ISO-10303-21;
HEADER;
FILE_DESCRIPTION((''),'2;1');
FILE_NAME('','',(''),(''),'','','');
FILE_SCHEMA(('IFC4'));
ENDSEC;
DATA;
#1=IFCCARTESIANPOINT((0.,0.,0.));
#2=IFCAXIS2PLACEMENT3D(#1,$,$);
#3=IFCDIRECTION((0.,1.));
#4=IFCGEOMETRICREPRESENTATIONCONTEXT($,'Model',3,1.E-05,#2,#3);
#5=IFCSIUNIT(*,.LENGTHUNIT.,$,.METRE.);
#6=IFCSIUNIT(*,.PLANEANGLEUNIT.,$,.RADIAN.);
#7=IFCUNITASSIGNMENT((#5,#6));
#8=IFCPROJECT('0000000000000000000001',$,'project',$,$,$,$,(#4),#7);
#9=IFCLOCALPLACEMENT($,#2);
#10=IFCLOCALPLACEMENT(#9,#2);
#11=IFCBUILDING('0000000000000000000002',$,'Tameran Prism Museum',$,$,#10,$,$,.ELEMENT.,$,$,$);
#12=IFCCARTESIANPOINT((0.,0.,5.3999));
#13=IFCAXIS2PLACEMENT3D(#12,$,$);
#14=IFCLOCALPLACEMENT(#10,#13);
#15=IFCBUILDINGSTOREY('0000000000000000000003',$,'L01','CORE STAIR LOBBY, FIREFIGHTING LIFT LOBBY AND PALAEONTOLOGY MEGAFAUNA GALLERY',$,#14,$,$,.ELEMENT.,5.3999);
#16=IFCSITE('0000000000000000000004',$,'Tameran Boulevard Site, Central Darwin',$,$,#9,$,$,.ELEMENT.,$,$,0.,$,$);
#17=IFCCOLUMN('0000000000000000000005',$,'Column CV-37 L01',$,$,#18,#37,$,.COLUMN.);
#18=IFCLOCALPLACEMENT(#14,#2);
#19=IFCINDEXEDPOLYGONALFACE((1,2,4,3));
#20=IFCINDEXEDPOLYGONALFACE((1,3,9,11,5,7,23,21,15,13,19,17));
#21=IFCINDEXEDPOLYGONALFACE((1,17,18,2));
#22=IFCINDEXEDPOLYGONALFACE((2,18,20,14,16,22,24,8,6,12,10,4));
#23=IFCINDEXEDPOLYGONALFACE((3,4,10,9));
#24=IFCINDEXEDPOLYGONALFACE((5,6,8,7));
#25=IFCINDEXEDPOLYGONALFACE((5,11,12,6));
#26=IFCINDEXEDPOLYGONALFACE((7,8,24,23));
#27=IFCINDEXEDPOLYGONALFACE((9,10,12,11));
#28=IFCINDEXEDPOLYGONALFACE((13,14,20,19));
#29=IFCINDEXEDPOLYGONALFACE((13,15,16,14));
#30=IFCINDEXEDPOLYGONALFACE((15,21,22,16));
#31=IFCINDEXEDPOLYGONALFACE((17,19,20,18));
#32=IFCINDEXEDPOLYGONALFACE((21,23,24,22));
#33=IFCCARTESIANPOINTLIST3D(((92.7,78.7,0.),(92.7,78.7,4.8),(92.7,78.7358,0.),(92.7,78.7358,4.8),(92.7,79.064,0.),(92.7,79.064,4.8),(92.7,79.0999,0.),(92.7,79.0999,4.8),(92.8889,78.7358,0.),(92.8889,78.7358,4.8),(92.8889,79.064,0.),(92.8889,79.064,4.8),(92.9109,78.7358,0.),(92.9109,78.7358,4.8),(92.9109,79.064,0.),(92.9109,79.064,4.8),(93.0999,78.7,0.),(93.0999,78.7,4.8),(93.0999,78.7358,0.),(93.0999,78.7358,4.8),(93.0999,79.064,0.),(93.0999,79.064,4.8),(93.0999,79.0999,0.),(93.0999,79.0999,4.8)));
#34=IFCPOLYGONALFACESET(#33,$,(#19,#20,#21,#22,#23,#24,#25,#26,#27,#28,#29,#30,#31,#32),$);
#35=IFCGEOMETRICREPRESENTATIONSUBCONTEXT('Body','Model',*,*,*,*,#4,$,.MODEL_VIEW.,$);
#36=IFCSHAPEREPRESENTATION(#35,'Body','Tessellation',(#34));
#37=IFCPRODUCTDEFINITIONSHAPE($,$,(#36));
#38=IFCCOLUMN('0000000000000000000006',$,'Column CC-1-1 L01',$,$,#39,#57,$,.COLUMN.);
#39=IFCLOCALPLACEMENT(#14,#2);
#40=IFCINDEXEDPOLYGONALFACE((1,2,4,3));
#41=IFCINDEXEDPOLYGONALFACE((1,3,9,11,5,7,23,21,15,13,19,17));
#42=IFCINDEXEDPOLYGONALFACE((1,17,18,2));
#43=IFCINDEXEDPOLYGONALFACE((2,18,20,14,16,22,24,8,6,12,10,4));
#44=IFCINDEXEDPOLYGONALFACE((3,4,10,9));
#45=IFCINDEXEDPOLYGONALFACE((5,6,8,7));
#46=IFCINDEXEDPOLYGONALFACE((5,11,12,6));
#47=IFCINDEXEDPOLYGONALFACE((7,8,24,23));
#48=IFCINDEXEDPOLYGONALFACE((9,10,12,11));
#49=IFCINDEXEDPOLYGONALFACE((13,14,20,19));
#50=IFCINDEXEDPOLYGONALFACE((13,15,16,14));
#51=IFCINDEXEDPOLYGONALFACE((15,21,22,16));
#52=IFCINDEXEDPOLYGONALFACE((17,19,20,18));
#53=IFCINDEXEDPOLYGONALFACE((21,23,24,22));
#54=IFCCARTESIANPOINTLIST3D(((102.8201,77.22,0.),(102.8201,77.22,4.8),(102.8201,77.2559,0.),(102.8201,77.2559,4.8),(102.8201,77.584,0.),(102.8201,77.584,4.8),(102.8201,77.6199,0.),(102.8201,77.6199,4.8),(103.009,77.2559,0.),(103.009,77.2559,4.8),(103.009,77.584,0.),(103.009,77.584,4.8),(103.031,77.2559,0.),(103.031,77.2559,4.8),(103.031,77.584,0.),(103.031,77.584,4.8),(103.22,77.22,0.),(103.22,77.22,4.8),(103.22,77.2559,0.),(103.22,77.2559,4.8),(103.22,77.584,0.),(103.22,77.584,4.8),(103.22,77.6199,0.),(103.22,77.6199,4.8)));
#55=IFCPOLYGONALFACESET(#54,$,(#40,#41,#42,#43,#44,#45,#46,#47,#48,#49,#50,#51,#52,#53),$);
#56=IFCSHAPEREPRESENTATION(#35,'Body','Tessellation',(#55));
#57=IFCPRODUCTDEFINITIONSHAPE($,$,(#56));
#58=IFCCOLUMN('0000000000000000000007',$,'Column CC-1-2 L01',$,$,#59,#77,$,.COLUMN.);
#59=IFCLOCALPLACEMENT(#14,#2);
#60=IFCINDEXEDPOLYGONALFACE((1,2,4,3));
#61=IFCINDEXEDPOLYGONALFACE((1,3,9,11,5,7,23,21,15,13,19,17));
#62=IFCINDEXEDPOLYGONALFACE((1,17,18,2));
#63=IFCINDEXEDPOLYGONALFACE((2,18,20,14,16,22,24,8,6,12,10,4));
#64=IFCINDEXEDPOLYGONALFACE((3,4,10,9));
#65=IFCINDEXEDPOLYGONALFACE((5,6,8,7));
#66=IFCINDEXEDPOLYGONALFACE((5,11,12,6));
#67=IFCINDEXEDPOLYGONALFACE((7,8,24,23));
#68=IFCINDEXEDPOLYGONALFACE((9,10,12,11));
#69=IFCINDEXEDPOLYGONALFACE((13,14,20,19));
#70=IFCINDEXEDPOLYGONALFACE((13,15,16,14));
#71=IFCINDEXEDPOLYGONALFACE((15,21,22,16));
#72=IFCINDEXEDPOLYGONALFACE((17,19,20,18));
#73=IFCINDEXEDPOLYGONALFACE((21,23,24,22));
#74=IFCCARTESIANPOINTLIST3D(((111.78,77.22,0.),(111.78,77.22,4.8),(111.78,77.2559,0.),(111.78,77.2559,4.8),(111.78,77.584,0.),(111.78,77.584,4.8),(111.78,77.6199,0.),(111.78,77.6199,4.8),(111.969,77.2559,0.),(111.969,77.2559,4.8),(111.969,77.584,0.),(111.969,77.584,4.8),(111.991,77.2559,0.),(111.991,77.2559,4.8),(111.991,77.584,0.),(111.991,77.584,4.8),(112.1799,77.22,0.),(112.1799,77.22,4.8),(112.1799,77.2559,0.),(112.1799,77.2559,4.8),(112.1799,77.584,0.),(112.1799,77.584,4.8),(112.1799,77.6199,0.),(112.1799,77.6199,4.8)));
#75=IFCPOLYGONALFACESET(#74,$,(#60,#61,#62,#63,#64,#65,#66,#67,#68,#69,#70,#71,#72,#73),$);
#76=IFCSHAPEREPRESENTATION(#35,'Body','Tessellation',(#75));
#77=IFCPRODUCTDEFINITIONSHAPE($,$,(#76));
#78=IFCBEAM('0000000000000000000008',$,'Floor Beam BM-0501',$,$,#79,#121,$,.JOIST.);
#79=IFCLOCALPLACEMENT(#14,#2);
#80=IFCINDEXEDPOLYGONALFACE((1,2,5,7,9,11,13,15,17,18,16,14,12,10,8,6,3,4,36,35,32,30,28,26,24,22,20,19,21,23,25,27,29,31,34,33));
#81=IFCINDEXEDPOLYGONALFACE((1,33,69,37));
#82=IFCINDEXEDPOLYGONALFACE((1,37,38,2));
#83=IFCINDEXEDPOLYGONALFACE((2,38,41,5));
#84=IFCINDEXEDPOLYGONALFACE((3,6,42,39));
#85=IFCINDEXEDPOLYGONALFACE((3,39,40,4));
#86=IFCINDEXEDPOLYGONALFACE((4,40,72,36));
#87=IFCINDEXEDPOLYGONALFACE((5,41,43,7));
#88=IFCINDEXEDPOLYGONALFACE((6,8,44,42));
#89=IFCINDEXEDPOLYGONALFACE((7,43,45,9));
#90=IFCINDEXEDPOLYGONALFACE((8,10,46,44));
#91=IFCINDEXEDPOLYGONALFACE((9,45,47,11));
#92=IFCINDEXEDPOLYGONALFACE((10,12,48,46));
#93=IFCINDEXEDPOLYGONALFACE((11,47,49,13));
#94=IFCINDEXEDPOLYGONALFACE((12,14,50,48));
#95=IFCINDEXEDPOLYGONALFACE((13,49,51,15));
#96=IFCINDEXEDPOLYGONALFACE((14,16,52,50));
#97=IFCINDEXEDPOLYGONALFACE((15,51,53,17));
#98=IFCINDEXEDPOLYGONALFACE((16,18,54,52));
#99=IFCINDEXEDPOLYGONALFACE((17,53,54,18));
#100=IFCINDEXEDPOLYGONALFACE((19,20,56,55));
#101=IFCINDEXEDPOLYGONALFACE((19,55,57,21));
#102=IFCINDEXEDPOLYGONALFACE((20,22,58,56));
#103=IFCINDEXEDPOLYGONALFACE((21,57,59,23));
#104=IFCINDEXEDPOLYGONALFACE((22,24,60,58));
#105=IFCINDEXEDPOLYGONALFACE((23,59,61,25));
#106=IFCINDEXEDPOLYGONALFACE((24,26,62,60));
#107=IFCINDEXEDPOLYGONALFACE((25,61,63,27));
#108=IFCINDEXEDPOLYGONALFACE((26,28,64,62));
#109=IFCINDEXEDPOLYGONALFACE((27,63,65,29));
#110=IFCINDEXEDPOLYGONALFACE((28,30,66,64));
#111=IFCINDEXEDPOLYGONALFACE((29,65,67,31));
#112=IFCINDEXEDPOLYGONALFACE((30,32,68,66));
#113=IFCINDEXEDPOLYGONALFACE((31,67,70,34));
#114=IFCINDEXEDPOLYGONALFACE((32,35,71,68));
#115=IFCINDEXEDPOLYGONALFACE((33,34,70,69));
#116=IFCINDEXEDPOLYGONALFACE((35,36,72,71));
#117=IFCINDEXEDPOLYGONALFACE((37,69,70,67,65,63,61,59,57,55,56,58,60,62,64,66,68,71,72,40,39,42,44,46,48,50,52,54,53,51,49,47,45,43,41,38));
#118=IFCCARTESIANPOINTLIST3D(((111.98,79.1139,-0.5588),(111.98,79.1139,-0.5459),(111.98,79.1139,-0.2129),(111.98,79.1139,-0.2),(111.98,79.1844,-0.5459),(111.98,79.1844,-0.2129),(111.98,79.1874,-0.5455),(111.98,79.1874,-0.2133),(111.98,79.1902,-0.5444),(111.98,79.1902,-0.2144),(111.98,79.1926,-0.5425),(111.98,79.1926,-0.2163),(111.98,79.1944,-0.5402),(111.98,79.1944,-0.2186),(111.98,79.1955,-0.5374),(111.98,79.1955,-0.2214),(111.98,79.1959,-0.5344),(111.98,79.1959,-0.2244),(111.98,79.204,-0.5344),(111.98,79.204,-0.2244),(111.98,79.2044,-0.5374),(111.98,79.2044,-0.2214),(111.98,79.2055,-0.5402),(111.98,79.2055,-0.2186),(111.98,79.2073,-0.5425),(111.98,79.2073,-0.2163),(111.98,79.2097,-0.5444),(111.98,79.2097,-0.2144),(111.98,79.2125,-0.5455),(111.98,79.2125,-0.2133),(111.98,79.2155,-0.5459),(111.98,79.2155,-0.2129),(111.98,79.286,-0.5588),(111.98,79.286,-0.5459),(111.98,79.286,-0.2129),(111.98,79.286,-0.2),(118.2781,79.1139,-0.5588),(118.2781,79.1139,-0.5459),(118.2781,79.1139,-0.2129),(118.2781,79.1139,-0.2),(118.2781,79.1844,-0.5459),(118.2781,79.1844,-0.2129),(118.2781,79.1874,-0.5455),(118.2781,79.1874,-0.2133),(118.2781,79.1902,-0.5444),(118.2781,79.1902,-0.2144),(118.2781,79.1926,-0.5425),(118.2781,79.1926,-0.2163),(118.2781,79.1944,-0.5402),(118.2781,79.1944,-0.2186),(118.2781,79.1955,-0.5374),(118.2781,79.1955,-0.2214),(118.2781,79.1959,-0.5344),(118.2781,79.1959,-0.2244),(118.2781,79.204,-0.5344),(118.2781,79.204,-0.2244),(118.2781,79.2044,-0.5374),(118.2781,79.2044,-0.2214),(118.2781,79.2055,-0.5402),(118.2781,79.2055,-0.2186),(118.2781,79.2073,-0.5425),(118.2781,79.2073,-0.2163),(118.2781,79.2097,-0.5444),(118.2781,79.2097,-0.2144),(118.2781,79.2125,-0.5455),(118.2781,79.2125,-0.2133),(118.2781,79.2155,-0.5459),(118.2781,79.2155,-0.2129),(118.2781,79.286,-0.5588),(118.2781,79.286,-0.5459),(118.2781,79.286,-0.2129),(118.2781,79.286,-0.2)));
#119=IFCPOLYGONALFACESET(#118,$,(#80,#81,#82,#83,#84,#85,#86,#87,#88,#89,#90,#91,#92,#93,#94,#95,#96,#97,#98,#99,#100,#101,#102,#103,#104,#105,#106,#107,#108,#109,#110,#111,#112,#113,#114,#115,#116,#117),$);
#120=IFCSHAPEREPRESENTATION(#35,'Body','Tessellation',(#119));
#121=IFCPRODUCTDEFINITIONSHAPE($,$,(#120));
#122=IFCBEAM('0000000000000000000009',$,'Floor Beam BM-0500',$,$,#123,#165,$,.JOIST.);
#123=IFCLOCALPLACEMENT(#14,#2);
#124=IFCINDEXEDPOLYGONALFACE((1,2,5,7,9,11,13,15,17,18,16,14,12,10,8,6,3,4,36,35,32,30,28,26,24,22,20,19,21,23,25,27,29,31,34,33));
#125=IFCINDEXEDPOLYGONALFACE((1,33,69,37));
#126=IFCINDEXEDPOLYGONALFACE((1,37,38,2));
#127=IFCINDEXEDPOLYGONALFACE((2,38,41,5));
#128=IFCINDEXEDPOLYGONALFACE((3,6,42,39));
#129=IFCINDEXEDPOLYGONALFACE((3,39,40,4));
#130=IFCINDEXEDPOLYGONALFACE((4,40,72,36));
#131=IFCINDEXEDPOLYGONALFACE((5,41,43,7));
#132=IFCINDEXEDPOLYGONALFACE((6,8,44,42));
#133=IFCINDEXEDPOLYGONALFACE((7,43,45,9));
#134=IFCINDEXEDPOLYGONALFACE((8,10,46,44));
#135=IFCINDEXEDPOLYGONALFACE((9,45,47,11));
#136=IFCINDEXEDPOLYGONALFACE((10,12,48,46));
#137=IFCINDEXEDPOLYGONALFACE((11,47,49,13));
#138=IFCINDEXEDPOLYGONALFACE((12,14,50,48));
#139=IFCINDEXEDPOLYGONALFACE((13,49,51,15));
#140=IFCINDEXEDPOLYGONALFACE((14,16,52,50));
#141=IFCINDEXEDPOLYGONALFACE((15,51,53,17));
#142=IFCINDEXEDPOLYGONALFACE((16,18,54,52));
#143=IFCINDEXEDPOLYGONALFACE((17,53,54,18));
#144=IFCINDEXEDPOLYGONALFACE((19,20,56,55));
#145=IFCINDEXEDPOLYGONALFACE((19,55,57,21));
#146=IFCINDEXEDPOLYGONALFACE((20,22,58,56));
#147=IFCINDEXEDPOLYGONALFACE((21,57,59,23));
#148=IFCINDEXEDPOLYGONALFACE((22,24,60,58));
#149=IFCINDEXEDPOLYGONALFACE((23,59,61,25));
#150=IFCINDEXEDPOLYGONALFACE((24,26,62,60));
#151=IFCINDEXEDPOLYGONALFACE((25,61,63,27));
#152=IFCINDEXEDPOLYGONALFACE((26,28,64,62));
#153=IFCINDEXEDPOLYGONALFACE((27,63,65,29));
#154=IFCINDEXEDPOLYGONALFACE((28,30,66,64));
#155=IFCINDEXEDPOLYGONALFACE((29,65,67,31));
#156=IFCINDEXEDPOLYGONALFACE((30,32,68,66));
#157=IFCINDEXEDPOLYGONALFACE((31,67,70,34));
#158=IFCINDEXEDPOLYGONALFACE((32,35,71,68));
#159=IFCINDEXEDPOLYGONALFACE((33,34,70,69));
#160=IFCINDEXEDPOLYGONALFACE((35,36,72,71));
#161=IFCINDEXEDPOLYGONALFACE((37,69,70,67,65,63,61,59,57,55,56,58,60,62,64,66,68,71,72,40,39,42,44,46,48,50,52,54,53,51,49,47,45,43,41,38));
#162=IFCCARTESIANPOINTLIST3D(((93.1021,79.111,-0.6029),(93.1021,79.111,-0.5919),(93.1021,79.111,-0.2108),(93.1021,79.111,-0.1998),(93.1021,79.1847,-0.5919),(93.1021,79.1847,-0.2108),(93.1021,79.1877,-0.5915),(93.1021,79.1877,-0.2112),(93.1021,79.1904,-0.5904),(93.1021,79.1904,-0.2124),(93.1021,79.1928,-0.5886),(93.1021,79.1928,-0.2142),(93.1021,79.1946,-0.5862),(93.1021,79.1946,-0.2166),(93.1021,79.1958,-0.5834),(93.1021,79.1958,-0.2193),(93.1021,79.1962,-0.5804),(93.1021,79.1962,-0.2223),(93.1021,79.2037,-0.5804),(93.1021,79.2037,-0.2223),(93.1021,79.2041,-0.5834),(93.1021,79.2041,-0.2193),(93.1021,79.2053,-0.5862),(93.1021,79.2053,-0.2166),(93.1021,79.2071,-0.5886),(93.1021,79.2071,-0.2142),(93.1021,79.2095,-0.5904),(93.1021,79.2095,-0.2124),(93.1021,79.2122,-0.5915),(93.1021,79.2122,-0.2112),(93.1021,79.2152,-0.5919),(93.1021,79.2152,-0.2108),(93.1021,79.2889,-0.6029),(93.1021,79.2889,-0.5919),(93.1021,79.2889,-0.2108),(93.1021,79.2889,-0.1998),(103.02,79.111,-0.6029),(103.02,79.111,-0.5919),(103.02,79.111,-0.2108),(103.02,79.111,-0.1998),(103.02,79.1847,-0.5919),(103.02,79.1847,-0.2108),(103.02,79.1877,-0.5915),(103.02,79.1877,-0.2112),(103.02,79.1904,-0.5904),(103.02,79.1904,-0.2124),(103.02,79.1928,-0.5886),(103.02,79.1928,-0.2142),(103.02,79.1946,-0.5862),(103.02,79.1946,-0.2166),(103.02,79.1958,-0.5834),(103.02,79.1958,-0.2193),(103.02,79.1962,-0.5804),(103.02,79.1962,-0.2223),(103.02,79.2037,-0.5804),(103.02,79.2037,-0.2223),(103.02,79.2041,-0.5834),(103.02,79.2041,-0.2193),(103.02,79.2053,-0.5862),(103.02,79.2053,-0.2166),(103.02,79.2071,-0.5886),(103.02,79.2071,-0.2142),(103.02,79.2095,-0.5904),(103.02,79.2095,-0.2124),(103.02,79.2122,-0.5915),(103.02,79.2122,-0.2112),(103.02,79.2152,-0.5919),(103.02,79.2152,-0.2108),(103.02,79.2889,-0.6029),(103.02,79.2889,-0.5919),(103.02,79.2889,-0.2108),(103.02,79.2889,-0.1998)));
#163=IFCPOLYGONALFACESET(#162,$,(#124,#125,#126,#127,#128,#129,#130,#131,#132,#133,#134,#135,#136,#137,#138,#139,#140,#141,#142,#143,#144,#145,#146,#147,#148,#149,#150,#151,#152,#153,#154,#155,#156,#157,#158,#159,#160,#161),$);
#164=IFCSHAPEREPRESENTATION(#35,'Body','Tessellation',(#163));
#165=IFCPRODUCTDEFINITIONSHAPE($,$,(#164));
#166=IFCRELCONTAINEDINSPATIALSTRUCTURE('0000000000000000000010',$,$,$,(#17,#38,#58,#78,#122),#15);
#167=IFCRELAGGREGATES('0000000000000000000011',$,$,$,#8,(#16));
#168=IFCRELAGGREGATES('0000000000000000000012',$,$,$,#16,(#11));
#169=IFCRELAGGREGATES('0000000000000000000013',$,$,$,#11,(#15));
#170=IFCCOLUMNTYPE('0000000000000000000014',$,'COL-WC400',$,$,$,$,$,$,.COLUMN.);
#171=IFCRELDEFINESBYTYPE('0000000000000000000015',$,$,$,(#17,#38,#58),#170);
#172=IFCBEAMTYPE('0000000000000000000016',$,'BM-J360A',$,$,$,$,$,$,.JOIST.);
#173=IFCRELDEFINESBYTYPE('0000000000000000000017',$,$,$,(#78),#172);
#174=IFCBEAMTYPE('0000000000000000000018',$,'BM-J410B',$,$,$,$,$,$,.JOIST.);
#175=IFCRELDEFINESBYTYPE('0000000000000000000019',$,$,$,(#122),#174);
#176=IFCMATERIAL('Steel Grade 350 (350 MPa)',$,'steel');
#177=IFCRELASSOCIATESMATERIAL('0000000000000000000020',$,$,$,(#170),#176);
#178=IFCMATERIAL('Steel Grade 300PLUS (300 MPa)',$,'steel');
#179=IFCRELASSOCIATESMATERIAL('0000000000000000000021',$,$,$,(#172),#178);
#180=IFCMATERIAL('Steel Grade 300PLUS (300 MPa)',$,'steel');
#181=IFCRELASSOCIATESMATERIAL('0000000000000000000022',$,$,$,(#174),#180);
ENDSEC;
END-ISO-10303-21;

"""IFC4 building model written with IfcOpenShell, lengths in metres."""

from ifc_helpers import new_model, si_unit, direction, frame, origin, origin_2d, place, context, subcontext, project, spatial, i_section, extrude, material, material_profile, profile_set, type_object, element, save


model = new_model("IFC4")

# Units and contexts
model_context = context("Model", 3, precision=1e-05, world=origin(), true_north=direction((0.0, 1.0)))
body_context = subcontext(model_context, "Body", "Model", "MODEL_VIEW")
ifc_project = project(units=[si_unit("LENGTHUNIT", "METRE"), si_unit("PLANEANGLEUNIT", "RADIAN")], contexts=[model_context])

# Site, building, storey
site_placement = place(None, origin())
site = spatial("IfcSite", under=ifc_project, at=site_placement, Name="Tameran Boulevard Site, Central Darwin", CompositionType="ELEMENT", RefElevation=0.0)
building_placement = place(site_placement, origin())
building = spatial("IfcBuilding", under=site, at=building_placement, Name="Tameran Prism Museum", CompositionType="ELEMENT")
storey_placement = place(building_placement, frame((0.0, 0.0, 5.3999)))
storey = spatial("IfcBuildingStorey", under=building, at=storey_placement, Name="L01", Description="CORE STAIR LOBBY, FIREFIGHTING LIFT LOBBY AND PALAEONTOLOGY MEGAFAUNA GALLERY", CompositionType="ELEMENT", Elevation=5.3999)

# Columns
ifc_material_1 = material(Name="Steel Grade 350 (350 MPa)", Category="steel")
ifc_material_profile_1 = material_profile(ifc_material_1, i_section(OverallWidth=0.3999, OverallDepth=0.3999, WebThickness=0.022, FlangeThickness=0.0359, at=origin_2d()))
ifc_profile_set_1 = profile_set([ifc_material_profile_1])
column_type = type_object("IfcColumnType", Name="COL-WC400", PredefinedType="COLUMN", material=ifc_profile_set_1)
for number, where, z_axis, x_axis, name in (
    (1, (92.8999, 78.8999, 0.0), (0.0, 0.0, 1.0), (1.0, 0.0, 0.0), "Column CV-37 L01"),
    (2, (103.02, 77.4199, 0.0), (0.0, 0.0, 1.0), (1.0, 0.0, 0.0), "Column CC-1-1 L01"),
    (3, (111.98, 77.4199, 0.0), (0.0, 0.0, 1.0), (1.0, 0.0, 0.0), "Column CC-1-2 L01"),
):
    element("IfcColumn", number, at=place(storey_placement, frame(where, z_axis=z_axis, x_axis=x_axis)), inside=storey, type_object=column_type, Name=name, PredefinedType="COLUMN", context=body_context, shape_type="SweptSolid", body=[
        extrude(i_section(OverallWidth=0.3999, OverallDepth=0.3999, WebThickness=0.022, FlangeThickness=0.0359, at=origin_2d()), origin(), (0.0, 0.0, 1.0), 4.8),
    ])

# Beams
ifc_material_2 = material(Name="Steel Grade 300PLUS (300 MPa)", Category="steel")
ifc_material_profile_2 = material_profile(ifc_material_2, i_section(OverallWidth=0.1721, OverallDepth=0.3589, WebThickness=0.0081, FlangeThickness=0.0129, FilletRadius=0.0115, at=origin_2d()))
ifc_profile_set_2 = profile_set([ifc_material_profile_2])
beam_type_1 = type_object("IfcBeamType", Name="BM-J360A", PredefinedType="JOIST", material=ifc_profile_set_2)
beam_1_placement = place(storey_placement, frame((111.98, 79.2, -0.3794), z_axis=(1.0, 0.0, 0.0), x_axis=(0.0, 1.0, 0.0)))
element("IfcBeam", 4, at=beam_1_placement, inside=storey, type_object=beam_type_1, Name="Floor Beam BM-0501", PredefinedType="JOIST", context=body_context, shape_type="SweptSolid", body=[
    extrude(i_section(OverallWidth=0.1721, OverallDepth=0.3589, WebThickness=0.0081, FlangeThickness=0.0129, FilletRadius=0.0115, at=origin_2d()), origin(), (0.0, 0.0, 1.0), 6.2981),
])
ifc_material_3 = material(Name="Steel Grade 300PLUS (300 MPa)", Category="steel")
ifc_material_profile_3 = material_profile(ifc_material_3, i_section(OverallWidth=0.178, OverallDepth=0.4031, WebThickness=0.0076, FlangeThickness=0.011, FilletRadius=0.0115, at=origin_2d()))
ifc_profile_set_3 = profile_set([ifc_material_profile_3])
beam_type_2 = type_object("IfcBeamType", Name="BM-J410B", PredefinedType="JOIST", material=ifc_profile_set_3)
beam_2_placement = place(storey_placement, frame((93.1021, 79.2, -0.4014), z_axis=(1.0, 0.0, 0.0), x_axis=(0.0, 1.0, 0.0)))
element("IfcBeam", 5, at=beam_2_placement, inside=storey, type_object=beam_type_2, Name="Floor Beam BM-0500", PredefinedType="JOIST", context=body_context, shape_type="SweptSolid", body=[
    extrude(i_section(OverallWidth=0.178, OverallDepth=0.4031, WebThickness=0.0076, FlangeThickness=0.011, FilletRadius=0.0115, at=origin_2d()), origin(), (0.0, 0.0, 1.0), 9.918),
])

save(model, "model.ifc")
